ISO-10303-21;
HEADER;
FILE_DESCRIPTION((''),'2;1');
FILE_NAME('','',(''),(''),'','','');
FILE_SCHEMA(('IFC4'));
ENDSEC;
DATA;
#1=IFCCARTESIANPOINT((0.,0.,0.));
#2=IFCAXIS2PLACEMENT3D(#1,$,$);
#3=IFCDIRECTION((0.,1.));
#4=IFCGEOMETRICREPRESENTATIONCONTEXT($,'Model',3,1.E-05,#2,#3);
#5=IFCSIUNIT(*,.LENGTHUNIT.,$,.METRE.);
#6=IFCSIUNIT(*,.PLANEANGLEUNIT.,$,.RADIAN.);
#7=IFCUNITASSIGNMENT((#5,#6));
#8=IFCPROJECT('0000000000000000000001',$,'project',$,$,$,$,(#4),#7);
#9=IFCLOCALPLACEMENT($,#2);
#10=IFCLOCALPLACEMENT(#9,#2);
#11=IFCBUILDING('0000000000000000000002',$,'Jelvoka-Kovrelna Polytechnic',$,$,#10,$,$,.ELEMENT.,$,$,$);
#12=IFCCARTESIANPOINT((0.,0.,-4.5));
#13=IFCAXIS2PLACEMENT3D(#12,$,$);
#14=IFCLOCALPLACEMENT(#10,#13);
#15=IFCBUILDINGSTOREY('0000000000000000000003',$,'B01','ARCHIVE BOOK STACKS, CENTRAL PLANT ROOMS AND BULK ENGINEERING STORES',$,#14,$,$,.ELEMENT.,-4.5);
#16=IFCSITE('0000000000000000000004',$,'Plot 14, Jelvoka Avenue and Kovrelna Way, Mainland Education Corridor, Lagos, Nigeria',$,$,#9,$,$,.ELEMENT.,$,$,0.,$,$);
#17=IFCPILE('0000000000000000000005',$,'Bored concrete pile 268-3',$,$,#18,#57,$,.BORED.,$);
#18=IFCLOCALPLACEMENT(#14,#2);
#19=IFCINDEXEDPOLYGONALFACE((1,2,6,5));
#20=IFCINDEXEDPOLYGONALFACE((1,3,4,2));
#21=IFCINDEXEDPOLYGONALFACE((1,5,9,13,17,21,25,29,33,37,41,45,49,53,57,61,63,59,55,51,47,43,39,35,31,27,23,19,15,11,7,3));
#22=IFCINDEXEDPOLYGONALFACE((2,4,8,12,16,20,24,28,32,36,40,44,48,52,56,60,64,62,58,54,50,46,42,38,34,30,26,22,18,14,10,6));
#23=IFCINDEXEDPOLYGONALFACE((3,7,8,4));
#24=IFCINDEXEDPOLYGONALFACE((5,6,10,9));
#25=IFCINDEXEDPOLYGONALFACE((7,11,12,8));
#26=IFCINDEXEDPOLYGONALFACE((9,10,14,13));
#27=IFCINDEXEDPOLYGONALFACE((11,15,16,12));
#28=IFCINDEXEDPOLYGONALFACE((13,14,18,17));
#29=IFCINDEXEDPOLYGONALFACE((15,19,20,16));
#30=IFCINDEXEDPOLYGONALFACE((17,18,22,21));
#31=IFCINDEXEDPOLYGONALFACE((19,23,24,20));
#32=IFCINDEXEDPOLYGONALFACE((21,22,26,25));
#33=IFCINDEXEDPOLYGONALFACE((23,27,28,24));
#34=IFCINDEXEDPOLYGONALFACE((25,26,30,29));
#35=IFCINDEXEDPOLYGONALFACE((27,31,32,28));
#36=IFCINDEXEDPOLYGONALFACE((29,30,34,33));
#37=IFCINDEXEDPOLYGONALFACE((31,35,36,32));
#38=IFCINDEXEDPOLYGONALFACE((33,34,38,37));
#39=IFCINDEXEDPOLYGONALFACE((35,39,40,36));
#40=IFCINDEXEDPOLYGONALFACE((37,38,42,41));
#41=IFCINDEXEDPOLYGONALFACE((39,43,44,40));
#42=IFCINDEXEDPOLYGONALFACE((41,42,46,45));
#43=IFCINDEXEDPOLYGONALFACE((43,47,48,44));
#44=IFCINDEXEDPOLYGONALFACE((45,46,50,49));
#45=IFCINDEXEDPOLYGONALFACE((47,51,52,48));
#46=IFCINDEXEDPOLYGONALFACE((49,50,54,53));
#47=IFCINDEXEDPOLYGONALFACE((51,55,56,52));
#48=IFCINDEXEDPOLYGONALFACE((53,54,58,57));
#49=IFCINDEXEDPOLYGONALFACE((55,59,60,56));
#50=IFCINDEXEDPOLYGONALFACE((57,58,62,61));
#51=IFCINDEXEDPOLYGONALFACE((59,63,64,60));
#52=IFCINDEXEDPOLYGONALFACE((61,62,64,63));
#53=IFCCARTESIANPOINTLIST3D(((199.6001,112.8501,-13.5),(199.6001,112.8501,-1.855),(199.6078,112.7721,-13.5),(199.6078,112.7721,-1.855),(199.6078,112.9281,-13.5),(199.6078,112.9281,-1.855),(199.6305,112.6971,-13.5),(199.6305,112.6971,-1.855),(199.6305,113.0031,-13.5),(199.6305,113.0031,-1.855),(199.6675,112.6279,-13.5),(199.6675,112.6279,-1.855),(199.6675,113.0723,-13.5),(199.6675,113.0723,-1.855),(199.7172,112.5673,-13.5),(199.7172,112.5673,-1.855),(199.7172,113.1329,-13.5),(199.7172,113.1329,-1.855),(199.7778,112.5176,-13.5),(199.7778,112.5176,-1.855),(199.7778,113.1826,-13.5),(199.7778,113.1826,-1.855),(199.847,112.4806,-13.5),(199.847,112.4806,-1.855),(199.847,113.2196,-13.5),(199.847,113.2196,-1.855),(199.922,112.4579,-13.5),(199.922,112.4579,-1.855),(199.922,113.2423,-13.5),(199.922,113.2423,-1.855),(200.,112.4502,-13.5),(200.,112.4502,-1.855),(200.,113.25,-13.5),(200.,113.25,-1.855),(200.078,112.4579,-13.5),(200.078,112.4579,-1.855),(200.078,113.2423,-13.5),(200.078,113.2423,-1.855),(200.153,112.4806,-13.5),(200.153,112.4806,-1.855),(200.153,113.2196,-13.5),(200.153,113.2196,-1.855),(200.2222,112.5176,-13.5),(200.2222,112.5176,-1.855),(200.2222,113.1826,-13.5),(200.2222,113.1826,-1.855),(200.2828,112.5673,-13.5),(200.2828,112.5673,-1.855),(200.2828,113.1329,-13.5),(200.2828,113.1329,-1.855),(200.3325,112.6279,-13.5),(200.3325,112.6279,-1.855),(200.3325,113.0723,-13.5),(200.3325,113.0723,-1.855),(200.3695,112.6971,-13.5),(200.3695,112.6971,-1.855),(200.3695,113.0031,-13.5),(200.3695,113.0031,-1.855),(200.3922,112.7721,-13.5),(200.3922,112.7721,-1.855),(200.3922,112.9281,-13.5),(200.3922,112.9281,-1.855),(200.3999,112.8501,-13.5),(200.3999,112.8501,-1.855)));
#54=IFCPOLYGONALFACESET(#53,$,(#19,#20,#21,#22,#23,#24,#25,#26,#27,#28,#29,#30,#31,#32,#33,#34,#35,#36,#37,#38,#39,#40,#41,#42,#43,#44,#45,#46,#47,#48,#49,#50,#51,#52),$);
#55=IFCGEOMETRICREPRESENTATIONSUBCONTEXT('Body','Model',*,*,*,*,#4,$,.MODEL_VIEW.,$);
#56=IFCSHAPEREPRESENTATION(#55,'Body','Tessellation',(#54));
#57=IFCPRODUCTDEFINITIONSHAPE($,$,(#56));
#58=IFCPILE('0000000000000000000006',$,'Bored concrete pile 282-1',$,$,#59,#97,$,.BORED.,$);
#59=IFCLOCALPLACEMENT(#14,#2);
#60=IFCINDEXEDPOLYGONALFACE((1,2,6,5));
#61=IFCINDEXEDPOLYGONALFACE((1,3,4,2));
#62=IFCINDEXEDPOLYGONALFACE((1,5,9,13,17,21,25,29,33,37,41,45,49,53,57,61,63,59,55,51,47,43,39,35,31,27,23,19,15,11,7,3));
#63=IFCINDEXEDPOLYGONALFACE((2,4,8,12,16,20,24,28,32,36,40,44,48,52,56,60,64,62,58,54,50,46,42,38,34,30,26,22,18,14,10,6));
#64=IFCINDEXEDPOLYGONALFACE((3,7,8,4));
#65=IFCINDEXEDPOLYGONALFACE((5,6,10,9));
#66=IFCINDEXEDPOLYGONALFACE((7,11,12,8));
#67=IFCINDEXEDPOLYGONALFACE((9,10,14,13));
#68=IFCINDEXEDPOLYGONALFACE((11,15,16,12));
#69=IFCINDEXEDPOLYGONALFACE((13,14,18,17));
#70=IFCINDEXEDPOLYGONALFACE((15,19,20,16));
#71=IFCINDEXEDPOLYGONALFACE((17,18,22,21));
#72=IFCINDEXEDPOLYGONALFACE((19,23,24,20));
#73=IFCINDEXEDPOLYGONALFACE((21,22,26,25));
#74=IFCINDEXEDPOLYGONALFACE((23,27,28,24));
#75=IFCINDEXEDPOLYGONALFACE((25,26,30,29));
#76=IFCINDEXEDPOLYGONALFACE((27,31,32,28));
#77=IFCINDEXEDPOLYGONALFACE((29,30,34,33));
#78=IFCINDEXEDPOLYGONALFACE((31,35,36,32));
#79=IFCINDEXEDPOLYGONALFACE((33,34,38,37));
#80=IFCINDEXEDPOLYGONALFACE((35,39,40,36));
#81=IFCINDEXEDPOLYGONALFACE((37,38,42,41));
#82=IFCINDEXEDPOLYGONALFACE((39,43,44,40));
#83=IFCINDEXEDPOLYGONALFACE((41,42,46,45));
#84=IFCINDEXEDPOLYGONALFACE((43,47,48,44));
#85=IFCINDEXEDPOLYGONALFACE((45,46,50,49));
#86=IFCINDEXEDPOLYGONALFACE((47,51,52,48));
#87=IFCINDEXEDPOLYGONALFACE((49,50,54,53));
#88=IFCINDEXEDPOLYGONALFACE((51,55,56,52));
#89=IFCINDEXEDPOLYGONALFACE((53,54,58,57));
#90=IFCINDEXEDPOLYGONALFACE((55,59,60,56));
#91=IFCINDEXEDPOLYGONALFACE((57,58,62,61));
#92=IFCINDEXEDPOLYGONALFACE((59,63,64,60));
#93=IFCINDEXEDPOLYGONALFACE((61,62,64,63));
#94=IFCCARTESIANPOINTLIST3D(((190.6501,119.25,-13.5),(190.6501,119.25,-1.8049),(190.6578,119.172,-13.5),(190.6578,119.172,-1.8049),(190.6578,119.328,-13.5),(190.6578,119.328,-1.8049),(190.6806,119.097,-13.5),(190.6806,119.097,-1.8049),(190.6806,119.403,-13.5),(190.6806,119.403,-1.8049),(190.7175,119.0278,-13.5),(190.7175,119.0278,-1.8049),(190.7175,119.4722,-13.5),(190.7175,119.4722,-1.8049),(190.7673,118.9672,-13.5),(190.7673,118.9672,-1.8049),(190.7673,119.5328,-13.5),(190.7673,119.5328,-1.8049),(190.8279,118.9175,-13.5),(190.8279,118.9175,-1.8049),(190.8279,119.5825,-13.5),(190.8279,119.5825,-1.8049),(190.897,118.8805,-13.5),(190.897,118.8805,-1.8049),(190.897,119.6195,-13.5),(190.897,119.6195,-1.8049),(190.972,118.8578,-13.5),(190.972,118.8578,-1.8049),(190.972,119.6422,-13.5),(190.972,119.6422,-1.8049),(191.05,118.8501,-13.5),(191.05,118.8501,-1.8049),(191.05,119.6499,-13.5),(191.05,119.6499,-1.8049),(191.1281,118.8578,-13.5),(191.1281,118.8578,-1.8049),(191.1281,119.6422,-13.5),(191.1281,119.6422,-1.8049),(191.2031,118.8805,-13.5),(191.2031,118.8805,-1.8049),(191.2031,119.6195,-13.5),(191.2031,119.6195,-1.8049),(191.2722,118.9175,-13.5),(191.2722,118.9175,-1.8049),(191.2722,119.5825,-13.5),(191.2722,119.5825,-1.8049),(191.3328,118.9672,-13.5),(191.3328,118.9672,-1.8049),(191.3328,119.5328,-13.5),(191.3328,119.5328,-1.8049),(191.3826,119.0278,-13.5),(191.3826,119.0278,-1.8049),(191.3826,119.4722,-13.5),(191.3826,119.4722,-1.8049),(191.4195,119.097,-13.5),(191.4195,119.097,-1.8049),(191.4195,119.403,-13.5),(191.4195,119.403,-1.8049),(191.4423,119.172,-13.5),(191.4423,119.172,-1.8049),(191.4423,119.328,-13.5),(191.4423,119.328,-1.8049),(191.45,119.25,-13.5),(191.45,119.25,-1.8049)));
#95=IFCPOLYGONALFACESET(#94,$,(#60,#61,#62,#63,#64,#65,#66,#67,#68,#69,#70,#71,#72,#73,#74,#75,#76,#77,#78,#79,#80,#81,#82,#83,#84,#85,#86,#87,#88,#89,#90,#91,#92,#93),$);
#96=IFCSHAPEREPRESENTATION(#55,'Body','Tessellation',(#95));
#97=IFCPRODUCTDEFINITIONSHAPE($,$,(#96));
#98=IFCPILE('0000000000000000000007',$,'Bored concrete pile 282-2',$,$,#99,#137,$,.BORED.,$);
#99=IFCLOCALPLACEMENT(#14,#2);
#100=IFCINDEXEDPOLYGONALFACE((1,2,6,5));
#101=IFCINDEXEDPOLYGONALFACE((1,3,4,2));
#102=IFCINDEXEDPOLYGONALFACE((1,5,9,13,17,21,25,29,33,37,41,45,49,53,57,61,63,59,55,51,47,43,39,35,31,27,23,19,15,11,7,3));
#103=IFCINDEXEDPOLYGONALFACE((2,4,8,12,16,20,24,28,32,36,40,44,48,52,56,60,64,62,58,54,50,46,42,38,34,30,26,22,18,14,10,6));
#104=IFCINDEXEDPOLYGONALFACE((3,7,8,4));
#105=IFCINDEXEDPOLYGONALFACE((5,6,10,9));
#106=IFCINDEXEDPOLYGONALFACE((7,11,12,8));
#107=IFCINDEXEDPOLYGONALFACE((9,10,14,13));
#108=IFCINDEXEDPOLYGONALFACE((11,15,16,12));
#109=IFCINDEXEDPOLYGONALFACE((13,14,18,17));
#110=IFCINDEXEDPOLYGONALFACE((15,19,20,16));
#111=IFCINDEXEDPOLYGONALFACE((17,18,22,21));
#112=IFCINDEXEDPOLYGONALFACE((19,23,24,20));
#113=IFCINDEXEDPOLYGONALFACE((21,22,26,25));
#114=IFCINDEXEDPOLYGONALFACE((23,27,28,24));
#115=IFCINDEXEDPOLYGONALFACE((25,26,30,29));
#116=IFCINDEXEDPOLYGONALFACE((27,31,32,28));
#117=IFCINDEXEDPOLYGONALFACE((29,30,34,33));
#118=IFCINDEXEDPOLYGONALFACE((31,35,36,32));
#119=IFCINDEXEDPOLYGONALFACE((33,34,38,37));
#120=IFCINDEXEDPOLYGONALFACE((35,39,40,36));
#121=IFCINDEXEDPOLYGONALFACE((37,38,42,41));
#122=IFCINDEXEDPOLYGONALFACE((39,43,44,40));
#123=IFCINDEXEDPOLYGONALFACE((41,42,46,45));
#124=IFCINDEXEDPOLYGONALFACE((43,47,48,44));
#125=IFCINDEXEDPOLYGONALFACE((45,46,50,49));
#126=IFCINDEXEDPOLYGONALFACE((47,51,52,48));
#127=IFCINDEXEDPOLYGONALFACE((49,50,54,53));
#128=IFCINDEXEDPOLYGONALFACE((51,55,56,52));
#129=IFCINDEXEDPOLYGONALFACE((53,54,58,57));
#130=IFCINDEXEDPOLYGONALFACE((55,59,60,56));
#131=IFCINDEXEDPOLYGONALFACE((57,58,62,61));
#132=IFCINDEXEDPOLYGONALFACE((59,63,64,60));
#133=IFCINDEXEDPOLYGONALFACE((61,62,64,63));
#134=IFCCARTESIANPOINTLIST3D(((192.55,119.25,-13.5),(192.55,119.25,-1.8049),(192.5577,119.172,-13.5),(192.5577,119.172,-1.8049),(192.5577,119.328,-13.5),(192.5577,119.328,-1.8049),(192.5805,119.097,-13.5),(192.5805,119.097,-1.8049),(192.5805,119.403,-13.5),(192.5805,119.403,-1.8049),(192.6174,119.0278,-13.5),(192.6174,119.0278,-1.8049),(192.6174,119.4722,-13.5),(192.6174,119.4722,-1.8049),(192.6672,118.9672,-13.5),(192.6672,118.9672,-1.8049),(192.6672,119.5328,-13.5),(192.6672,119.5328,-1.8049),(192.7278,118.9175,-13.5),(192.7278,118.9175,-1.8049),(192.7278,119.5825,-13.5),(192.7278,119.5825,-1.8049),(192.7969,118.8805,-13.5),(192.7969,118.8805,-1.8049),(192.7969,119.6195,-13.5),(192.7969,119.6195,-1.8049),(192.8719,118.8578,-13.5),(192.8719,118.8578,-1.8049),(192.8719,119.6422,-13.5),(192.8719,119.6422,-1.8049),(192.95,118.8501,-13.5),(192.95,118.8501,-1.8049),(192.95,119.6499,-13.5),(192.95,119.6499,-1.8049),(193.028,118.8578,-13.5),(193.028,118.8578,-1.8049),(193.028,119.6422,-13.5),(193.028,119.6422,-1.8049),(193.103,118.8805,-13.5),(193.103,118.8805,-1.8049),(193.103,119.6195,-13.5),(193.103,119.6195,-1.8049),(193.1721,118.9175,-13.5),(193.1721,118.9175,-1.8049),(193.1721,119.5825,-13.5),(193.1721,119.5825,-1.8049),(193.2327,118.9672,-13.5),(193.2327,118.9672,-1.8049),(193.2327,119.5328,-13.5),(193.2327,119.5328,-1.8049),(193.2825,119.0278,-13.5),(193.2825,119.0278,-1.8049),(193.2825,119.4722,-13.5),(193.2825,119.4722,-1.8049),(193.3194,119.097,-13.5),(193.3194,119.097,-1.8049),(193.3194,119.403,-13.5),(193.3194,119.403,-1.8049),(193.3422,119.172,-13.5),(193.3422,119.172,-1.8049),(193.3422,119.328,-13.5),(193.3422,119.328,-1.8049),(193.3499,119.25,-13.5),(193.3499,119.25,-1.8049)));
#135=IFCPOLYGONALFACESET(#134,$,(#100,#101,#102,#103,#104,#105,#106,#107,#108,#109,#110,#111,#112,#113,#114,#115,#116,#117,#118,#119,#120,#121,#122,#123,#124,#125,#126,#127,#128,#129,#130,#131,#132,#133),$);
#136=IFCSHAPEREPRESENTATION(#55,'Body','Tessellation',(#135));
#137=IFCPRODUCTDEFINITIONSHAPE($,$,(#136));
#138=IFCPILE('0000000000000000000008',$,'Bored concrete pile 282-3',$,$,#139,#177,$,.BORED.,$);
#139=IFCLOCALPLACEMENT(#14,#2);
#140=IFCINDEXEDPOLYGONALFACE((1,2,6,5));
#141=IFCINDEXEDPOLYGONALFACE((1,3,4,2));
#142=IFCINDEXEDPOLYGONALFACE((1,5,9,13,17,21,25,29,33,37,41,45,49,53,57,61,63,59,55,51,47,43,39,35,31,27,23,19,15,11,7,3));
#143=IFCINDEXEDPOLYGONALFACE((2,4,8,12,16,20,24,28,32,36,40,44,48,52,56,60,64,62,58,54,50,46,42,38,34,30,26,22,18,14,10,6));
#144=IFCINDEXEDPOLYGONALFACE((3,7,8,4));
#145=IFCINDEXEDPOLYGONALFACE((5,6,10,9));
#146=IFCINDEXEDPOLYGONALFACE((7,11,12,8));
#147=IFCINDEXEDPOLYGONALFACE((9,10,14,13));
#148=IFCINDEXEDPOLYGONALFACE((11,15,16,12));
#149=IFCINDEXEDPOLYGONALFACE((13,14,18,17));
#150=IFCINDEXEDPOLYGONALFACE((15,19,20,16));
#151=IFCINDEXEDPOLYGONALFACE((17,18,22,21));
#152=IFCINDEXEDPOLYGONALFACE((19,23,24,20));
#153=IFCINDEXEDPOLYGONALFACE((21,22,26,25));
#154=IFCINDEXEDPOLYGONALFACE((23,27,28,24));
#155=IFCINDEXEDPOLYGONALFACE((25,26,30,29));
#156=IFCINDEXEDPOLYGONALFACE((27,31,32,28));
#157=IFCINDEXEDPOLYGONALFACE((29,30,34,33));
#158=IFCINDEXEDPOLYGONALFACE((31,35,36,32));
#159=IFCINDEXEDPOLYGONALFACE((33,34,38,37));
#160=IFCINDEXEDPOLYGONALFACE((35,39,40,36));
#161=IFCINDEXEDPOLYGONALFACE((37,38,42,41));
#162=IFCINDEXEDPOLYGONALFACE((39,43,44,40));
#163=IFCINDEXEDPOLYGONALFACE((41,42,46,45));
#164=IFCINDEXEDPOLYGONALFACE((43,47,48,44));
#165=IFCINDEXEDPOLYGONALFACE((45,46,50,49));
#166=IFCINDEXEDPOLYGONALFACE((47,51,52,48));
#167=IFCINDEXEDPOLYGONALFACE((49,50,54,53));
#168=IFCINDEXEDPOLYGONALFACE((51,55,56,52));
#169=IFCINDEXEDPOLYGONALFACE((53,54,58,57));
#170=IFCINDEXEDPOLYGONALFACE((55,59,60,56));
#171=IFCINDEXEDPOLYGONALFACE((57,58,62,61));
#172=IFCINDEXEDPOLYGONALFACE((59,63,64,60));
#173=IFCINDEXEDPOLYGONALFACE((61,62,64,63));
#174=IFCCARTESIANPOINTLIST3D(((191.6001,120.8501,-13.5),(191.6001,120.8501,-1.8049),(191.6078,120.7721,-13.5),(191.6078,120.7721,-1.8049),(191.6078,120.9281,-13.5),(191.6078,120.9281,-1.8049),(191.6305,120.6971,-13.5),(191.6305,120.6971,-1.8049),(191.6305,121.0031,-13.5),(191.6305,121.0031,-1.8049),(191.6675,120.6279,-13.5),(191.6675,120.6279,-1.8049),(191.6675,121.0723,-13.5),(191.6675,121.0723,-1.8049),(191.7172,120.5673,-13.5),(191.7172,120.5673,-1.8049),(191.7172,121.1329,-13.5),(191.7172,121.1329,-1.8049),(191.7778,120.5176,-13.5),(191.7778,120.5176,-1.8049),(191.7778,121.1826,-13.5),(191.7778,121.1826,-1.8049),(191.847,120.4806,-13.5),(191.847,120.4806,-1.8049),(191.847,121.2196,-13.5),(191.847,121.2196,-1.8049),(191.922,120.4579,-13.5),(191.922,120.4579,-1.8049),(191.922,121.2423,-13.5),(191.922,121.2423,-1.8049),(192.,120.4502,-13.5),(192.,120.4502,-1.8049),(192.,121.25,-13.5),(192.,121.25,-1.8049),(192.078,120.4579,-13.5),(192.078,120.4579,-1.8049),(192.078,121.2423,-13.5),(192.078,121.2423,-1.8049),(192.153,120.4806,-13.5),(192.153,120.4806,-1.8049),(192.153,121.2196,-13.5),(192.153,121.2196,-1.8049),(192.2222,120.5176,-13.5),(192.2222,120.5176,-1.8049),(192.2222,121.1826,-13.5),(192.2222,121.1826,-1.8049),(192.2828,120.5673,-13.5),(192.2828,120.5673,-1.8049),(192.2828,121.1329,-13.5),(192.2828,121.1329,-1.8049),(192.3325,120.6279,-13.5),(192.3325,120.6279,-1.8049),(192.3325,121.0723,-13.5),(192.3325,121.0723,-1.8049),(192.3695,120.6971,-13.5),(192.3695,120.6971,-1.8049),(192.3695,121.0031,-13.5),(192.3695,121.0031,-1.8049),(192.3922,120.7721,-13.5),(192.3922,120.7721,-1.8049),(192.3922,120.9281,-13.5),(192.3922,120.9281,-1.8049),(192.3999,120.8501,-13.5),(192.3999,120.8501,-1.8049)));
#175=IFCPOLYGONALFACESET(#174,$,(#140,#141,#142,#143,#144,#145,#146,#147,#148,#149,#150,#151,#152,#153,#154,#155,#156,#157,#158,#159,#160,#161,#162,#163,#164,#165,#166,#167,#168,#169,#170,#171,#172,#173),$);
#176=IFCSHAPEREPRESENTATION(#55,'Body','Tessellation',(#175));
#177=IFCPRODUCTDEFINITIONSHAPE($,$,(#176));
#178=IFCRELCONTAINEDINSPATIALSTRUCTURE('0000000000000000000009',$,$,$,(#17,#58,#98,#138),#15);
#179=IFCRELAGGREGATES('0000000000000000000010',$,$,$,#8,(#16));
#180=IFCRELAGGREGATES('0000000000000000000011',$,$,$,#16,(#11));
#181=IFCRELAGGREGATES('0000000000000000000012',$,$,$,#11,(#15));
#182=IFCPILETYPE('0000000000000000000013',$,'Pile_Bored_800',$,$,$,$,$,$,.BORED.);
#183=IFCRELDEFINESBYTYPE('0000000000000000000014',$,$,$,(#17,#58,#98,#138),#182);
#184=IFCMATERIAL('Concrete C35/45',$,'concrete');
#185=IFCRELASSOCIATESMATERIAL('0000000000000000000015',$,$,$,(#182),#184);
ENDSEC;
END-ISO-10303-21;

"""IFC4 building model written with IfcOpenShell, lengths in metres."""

from ifc_helpers import new_model, si_unit, direction, frame, origin, origin_2d, place, context, subcontext, project, spatial, circle, extrude, material, material_profile, profile_set, type_object, element, save


model = new_model("IFC4")

# Units and contexts
model_context = context("Model", 3, precision=1e-05, world=origin(), true_north=direction((0.0, 1.0)))
body_context = subcontext(model_context, "Body", "Model", "MODEL_VIEW")
ifc_project = project(units=[si_unit("LENGTHUNIT", "METRE"), si_unit("PLANEANGLEUNIT", "RADIAN")], contexts=[model_context])

# Site, building, storey
site_placement = place(None, origin())
site = spatial("IfcSite", under=ifc_project, at=site_placement, Name="Plot 14, Jelvoka Avenue and Kovrelna Way, Mainland Education Corridor, Lagos, Nigeria", CompositionType="ELEMENT", RefElevation=0.0)
building_placement = place(site_placement, origin())
building = spatial("IfcBuilding", under=site, at=building_placement, Name="Jelvoka-Kovrelna Polytechnic", CompositionType="ELEMENT")
storey_placement = place(building_placement, frame((0.0, 0.0, -4.5)))
storey = spatial("IfcBuildingStorey", under=building, at=storey_placement, Name="B01", Description="ARCHIVE BOOK STACKS, CENTRAL PLANT ROOMS AND BULK ENGINEERING STORES", CompositionType="ELEMENT", Elevation=-4.5)

# Piles
ifc_material_1 = material(Name="Concrete C35/45", Category="concrete")
ifc_material_profile_1 = material_profile(ifc_material_1, circle(Radius=0.3999, at=origin_2d()), Name="PILE D800")
ifc_profile_set_1 = profile_set([ifc_material_profile_1], Name="Concrete C35/45")
pile_type = type_object("IfcPileType", Name="Pile_Bored_800", PredefinedType="BORED", material=ifc_profile_set_1)
for number, where, z_axis, x_axis, name in (
    (1, (200.0, 112.8501, -1.855), (0.0, 0.0, -1.0), (1.0, 0.0, 0.0), "Bored concrete pile 268-3"),
):
    element("IfcPile", number, at=place(storey_placement, frame(where, z_axis=z_axis, x_axis=x_axis)), inside=storey, type_object=pile_type, Name=name, PredefinedType="BORED", context=body_context, shape_type="SweptSolid", body=[
        extrude(circle(Radius=0.3999, at=origin_2d()), origin(), (0.0, 0.0, 1.0), 11.645),
    ])
for number, where, z_axis, x_axis, name in (
    (2, (191.05, 119.25, -1.8049), (0.0, 0.0, -1.0), (1.0, 0.0, 0.0), "Bored concrete pile 282-1"),
    (3, (192.95, 119.25, -1.8049), (0.0, 0.0, -1.0), (1.0, 0.0, 0.0), "Bored concrete pile 282-2"),
    (4, (192.0, 120.8501, -1.8049), (0.0, 0.0, -1.0), (1.0, 0.0, 0.0), "Bored concrete pile 282-3"),
):
    element("IfcPile", number, at=place(storey_placement, frame(where, z_axis=z_axis, x_axis=x_axis)), inside=storey, type_object=pile_type, Name=name, PredefinedType="BORED", context=body_context, shape_type="SweptSolid", body=[
        extrude(circle(Radius=0.3999, at=origin_2d()), origin(), (0.0, 0.0, 1.0), 11.6951),
    ])

save(model, "model.ifc")
